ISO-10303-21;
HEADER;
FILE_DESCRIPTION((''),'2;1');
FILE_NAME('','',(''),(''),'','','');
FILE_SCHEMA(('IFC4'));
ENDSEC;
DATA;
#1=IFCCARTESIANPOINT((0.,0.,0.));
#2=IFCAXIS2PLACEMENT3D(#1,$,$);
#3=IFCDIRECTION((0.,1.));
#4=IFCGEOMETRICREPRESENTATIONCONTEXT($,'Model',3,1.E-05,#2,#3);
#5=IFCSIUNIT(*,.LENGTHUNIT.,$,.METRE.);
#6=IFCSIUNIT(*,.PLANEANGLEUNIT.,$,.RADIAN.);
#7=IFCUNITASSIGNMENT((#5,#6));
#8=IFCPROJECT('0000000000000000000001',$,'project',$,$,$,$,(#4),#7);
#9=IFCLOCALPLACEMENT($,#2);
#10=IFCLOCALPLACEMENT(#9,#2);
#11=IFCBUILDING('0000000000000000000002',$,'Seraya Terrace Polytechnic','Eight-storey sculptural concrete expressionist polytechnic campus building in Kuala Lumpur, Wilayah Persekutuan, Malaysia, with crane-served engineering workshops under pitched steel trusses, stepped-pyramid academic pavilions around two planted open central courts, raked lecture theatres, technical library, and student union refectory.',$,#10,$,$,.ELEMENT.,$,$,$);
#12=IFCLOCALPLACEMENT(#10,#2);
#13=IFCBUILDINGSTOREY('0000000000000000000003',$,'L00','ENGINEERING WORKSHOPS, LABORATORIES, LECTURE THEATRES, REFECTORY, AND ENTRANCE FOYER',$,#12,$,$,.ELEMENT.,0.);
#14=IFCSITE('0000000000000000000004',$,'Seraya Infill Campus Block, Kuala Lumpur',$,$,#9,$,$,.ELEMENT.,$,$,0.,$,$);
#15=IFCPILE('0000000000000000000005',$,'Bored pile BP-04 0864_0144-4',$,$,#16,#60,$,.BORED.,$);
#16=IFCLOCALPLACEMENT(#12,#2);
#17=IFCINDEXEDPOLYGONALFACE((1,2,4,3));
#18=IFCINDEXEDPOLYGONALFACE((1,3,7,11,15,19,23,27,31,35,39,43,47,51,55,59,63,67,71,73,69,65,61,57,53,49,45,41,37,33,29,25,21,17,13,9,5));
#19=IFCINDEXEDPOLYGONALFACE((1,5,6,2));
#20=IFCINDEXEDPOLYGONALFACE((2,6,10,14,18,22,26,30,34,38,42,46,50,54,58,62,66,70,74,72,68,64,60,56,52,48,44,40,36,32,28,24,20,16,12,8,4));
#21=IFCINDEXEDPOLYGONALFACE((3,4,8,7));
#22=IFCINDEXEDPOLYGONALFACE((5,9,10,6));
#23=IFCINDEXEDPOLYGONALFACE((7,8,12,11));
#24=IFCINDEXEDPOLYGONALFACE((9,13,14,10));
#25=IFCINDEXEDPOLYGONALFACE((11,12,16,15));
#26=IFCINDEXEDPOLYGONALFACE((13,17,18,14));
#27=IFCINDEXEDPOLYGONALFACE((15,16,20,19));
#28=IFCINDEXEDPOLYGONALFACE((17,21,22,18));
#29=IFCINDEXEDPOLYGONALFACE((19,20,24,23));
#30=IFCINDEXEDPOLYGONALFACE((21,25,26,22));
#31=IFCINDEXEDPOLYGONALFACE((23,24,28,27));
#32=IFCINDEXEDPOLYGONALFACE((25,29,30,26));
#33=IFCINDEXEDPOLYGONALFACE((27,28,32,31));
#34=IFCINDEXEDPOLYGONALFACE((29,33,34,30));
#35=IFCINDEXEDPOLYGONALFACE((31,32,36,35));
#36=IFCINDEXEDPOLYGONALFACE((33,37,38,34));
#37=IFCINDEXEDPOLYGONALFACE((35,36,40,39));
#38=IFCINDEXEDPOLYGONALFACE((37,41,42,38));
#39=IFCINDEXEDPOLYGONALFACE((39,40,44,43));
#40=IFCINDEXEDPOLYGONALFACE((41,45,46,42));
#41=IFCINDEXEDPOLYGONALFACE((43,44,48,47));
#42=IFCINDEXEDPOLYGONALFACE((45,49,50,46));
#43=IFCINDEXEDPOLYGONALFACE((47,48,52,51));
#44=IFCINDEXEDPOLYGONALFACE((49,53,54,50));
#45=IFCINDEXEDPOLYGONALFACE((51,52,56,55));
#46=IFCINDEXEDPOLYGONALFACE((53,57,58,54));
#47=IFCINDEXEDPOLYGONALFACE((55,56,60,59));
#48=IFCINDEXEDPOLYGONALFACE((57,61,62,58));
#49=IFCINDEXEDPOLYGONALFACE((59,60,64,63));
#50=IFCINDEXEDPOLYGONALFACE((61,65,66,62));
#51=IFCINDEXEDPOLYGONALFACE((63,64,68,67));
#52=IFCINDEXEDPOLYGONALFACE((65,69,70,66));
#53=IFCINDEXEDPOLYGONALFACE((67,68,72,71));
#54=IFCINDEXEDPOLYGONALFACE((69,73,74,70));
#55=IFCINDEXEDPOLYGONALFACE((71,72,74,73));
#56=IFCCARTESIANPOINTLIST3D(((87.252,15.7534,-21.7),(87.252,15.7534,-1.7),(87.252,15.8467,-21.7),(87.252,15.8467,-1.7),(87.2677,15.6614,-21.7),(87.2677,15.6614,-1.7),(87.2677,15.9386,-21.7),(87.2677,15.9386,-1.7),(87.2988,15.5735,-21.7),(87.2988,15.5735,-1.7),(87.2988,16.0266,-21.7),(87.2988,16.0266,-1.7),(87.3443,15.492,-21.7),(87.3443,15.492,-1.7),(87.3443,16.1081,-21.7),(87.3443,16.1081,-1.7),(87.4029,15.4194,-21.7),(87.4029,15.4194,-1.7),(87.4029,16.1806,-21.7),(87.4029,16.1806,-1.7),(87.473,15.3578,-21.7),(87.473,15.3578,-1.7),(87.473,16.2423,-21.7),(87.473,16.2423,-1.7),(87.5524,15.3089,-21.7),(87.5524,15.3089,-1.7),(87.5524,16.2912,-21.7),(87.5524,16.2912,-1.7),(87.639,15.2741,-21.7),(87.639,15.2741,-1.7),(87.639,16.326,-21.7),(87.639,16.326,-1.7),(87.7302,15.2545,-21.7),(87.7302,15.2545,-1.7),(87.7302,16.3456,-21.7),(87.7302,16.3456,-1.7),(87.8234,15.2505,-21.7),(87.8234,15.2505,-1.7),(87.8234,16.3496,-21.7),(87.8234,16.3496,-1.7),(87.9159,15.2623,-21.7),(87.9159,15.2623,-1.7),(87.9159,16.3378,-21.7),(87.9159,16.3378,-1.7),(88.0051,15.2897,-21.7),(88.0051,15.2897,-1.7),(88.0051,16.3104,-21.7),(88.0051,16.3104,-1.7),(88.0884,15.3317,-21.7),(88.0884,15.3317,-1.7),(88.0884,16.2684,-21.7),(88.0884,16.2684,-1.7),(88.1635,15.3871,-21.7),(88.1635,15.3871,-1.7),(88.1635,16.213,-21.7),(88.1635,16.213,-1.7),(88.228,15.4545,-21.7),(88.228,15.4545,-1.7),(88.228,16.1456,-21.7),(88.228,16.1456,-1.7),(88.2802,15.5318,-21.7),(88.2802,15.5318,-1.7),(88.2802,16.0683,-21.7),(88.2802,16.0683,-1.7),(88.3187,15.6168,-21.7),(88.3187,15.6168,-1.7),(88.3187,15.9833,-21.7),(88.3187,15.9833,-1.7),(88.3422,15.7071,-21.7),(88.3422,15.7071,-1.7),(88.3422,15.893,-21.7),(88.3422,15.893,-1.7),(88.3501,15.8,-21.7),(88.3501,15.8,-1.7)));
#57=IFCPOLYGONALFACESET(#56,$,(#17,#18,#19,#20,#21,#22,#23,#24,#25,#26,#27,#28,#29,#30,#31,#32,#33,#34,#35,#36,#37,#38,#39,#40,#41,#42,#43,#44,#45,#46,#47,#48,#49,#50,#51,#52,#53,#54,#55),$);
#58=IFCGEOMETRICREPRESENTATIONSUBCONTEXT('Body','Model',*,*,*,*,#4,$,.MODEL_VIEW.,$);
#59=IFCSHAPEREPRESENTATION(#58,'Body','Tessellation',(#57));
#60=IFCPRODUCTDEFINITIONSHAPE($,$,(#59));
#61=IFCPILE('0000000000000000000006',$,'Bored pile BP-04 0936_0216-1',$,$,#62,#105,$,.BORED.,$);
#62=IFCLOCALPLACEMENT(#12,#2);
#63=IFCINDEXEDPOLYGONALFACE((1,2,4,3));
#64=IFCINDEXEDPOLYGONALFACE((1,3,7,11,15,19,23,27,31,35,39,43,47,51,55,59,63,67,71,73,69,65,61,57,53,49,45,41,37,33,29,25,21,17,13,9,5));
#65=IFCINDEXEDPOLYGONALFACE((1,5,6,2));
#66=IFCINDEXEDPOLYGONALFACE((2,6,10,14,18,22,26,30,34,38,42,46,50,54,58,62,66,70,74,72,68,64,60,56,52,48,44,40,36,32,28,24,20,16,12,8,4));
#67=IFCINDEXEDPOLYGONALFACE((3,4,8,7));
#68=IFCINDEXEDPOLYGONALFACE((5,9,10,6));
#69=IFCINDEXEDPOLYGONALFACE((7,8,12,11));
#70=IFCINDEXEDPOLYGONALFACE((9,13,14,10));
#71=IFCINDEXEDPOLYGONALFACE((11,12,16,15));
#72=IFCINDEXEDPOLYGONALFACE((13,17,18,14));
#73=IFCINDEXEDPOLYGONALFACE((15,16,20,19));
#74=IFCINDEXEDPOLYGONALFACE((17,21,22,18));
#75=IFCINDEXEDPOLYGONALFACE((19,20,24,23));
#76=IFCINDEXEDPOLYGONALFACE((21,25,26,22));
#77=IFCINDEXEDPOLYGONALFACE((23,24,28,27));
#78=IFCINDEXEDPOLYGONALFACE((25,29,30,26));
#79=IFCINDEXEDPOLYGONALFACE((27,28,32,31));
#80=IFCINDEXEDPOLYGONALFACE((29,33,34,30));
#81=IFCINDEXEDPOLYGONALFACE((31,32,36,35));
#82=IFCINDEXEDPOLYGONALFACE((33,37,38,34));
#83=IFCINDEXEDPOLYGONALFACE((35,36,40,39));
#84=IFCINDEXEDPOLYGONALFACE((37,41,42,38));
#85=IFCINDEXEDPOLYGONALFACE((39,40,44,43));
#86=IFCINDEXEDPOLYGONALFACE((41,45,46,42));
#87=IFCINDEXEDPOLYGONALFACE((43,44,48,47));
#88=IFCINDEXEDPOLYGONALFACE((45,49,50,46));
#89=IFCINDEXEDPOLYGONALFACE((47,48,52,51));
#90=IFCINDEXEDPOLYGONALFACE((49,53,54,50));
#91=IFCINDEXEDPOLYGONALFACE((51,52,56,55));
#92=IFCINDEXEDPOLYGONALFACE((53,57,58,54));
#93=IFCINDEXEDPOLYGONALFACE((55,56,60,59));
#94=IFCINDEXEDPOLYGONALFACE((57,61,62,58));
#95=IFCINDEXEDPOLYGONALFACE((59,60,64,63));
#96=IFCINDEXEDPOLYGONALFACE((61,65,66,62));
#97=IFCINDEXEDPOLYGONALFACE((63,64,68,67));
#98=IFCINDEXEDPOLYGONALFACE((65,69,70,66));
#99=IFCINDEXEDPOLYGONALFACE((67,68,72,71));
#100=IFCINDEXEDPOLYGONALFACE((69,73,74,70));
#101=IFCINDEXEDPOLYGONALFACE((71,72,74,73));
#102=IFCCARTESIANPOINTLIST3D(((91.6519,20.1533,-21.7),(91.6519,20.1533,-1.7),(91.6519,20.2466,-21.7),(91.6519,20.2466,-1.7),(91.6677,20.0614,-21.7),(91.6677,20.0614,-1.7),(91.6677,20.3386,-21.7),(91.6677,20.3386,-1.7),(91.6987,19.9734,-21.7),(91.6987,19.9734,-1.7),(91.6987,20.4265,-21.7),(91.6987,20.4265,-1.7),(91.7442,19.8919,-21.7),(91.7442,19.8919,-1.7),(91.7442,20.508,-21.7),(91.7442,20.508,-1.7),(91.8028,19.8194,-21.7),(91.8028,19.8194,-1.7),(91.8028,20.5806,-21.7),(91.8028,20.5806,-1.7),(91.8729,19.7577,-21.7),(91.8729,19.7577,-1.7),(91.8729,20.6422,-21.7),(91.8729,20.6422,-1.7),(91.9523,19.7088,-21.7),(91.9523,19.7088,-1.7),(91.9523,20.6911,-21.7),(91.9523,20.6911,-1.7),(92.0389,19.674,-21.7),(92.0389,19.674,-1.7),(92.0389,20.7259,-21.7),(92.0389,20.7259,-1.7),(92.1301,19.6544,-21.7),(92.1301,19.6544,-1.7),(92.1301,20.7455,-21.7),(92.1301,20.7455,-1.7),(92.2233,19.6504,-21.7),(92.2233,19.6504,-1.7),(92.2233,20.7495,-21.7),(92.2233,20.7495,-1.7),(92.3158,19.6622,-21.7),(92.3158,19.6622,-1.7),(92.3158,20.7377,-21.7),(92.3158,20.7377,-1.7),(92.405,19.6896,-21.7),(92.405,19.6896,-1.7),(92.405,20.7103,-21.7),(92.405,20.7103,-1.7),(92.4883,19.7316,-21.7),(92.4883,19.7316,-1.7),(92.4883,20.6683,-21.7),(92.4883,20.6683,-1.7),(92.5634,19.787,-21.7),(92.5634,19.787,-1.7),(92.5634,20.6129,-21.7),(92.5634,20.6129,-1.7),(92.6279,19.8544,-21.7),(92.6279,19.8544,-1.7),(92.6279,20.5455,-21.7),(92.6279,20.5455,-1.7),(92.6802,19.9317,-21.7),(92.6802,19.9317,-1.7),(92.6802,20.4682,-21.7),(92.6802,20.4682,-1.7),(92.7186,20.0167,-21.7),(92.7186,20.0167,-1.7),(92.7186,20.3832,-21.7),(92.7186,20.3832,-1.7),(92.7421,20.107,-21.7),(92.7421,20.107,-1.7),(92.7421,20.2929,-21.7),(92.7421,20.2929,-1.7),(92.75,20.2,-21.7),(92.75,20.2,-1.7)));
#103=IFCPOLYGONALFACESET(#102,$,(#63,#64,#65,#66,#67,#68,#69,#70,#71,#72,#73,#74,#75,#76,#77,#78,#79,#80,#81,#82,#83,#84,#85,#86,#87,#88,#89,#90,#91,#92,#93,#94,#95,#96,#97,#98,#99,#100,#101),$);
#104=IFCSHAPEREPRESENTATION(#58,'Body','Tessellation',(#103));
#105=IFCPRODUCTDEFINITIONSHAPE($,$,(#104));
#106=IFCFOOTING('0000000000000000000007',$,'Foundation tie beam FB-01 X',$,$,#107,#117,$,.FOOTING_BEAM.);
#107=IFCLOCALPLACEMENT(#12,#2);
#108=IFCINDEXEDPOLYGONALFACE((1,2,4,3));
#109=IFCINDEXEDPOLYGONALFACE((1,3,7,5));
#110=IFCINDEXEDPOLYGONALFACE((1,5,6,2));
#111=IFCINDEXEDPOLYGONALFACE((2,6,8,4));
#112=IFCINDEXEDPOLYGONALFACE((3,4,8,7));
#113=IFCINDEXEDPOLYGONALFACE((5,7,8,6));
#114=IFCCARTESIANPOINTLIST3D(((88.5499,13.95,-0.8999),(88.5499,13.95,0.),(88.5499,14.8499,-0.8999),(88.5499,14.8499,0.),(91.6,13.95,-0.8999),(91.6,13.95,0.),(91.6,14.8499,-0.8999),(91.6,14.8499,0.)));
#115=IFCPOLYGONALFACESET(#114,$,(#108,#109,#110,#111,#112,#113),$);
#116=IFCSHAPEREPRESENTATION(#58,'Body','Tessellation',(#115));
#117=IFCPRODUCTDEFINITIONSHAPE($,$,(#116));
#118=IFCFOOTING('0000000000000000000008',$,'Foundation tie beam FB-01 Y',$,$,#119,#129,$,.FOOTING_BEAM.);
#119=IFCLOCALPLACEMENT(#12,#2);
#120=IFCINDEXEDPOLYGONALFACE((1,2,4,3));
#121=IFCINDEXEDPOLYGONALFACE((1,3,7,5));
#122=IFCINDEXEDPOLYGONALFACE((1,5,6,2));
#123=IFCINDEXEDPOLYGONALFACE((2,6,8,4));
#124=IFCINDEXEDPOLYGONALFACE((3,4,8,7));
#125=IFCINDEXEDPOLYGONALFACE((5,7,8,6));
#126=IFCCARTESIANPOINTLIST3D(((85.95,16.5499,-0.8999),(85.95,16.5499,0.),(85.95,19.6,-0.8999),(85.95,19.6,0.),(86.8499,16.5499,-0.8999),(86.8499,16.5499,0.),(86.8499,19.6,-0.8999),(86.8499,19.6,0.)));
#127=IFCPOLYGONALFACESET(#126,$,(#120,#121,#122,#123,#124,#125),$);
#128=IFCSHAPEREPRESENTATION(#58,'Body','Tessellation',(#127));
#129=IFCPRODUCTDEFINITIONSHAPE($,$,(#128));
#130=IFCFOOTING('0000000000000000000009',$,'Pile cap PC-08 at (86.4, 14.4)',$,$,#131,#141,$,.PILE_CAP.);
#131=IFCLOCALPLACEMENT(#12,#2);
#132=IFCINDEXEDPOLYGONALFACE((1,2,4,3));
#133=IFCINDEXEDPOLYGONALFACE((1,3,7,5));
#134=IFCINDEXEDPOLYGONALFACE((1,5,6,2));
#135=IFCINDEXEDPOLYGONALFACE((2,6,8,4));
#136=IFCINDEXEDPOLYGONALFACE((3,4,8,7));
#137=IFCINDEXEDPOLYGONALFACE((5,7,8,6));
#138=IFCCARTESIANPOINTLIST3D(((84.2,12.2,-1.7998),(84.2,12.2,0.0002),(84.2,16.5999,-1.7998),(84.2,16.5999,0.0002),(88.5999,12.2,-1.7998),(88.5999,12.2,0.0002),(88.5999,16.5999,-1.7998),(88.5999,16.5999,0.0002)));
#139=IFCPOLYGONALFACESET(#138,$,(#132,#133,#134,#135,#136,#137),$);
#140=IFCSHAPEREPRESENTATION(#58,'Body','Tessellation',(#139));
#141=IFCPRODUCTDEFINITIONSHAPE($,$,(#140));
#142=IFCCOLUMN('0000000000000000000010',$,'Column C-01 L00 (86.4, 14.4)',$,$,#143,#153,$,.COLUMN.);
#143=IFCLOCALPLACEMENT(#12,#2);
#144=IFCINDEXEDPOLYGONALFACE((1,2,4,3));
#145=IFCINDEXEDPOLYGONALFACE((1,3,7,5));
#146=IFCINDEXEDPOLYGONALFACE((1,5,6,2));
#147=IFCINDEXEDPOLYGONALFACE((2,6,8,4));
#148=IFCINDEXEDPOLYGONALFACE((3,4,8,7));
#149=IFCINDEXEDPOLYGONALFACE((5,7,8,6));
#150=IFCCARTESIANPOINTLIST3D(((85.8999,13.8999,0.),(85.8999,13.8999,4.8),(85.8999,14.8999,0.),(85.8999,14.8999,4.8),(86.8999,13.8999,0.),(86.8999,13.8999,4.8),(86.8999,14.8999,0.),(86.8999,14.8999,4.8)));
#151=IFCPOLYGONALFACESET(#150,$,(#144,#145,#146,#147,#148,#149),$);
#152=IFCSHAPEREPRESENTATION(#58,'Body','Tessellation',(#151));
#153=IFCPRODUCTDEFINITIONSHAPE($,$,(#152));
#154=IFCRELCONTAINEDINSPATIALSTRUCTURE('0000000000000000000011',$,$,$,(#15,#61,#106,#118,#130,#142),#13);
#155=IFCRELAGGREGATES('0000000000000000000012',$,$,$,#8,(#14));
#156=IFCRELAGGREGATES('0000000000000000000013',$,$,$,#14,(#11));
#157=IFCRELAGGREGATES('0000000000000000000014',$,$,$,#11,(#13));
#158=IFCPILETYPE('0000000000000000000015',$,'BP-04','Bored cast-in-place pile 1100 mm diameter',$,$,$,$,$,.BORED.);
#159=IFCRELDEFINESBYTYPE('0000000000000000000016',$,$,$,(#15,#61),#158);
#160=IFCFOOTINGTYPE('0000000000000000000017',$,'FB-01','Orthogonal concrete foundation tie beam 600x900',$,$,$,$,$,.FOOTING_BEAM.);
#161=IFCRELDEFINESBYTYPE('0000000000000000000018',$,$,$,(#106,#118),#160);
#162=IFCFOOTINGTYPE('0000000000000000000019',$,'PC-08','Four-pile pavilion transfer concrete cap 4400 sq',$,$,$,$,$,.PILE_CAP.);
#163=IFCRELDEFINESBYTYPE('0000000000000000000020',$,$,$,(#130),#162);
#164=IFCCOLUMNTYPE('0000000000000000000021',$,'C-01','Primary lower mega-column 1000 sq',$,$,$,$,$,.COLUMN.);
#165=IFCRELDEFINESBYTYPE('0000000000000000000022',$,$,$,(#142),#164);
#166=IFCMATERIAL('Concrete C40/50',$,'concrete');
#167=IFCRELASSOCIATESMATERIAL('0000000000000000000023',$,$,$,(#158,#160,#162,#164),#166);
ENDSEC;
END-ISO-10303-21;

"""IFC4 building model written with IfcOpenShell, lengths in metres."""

from ifc_helpers import new_model, si_unit, direction, frame, origin, origin_2d, place, context, subcontext, project, spatial, rectangle, circle, extrude, material, material_profile, profile_set, type_object, element, save


model = new_model("IFC4")

# Units and contexts
model_context = context("Model", 3, precision=1e-05, world=origin(), true_north=direction((0.0, 1.0)))
body_context = subcontext(model_context, "Body", "Model", "MODEL_VIEW")
ifc_project = project(units=[si_unit("LENGTHUNIT", "METRE"), si_unit("PLANEANGLEUNIT", "RADIAN")], contexts=[model_context])

# Site, building, storey
site_placement = place(None, origin())
site = spatial("IfcSite", under=ifc_project, at=site_placement, Name="Seraya Infill Campus Block, Kuala Lumpur", CompositionType="ELEMENT", RefElevation=0.0)
building_placement = place(site_placement, origin())
building = spatial("IfcBuilding", under=site, at=building_placement, Name="Seraya Terrace Polytechnic", Description="Eight-storey sculptural concrete expressionist polytechnic campus building in Kuala Lumpur, Wilayah Persekutuan, Malaysia, with crane-served engineering workshops under pitched steel trusses, stepped-pyramid academic pavilions around two planted open central courts, raked lecture theatres, technical library, and student union refectory.", CompositionType="ELEMENT")
storey_placement = place(building_placement, origin())
storey = spatial("IfcBuildingStorey", under=building, at=storey_placement, Name="L00", Description="ENGINEERING WORKSHOPS, LABORATORIES, LECTURE THEATRES, REFECTORY, AND ENTRANCE FOYER", CompositionType="ELEMENT", Elevation=0.0)

# Piles
ifc_material_1 = material(Name="Concrete C40/50", Category="concrete")
ifc_material_profile_1 = material_profile(ifc_material_1, circle(Radius=0.55, at=origin_2d()), Name="DIA 1100")
ifc_profile_set_1 = profile_set([ifc_material_profile_1], Name="Concrete C40/50")
pile_type_1 = type_object("IfcPileType", Name="BP-04", Description="Bored cast-in-place pile 1100 mm diameter", PredefinedType="BORED", material=ifc_profile_set_1)
for number, where, z_axis, x_axis, name in (
    (1, (87.8, 15.8, -1.7), (0.0, 0.0, -1.0), (1.0, 0.0, 0.0), "Bored pile BP-04 0864_0144-4"),
    (2, (92.2, 20.2, -1.7), (0.0, 0.0, -1.0), (1.0, 0.0, 0.0), "Bored pile BP-04 0936_0216-1"),
):
    element("IfcPile", number, at=place(storey_placement, frame(where, z_axis=z_axis, x_axis=x_axis)), inside=storey, type_object=pile_type_1, Name=name, PredefinedType="BORED", context=body_context, shape_type="SweptSolid", body=[
        extrude(circle(Radius=0.55, at=origin_2d()), origin(), (0.0, 0.0, 1.0), 20.0),
    ])

# Footings
footing_type_1 = type_object("IfcFootingType", Name="FB-01", Description="Orthogonal concrete foundation tie beam 600x900", PredefinedType="FOOTING_BEAM", material=ifc_material_1)
for number, where, z_axis, x_axis, name in (
    (3, (90.075, 14.3999, -0.8999), (0.0, 0.0, 1.0), (1.0, 0.0, 0.0), "Foundation tie beam FB-01 X"),
    (4, (86.3999, 18.075, -0.8999), (0.0, 0.0, 1.0), (0.0, 1.0, 0.0), "Foundation tie beam FB-01 Y"),
):
    element("IfcFooting", number, at=place(storey_placement, frame(where, z_axis=z_axis, x_axis=x_axis)), inside=storey, type_object=footing_type_1, Name=name, PredefinedType="FOOTING_BEAM", context=body_context, shape_type="SweptSolid", body=[
        extrude(rectangle(XDim=3.05, YDim=0.8999, at=origin_2d()), origin(), (0.0, 0.0, 1.0), 0.8999),
    ])
footing_type_2 = type_object("IfcFootingType", Name="PC-08", Description="Four-pile pavilion transfer concrete cap 4400 sq", PredefinedType="PILE_CAP", material=ifc_material_1)
footing_placement = place(storey_placement, frame((86.3999, 14.3999, -1.7998), z_axis=(0.0, 0.0, 1.0), x_axis=(1.0, 0.0, 0.0)))
element("IfcFooting", 5, at=footing_placement, inside=storey, type_object=footing_type_2, Name="Pile cap PC-08 at (86.4, 14.4)", PredefinedType="PILE_CAP", context=body_context, shape_type="SweptSolid", body=[
    extrude(rectangle(XDim=4.3999, YDim=4.3999, at=origin_2d()), origin(), (0.0, 0.0, 1.0), 1.8),
])

# Column
ifc_material_profile_2 = material_profile(ifc_material_1, rectangle(XDim=1.0, YDim=1.0, at=origin_2d()), Name="RC 1000x1000")
ifc_profile_set_2 = profile_set([ifc_material_profile_2], Name="Concrete C40/50")
column_type = type_object("IfcColumnType", Name="C-01", Description="Primary lower mega-column 1000 sq", PredefinedType="COLUMN", material=ifc_profile_set_2)
column_placement = place(storey_placement, frame((86.3999, 14.3999, 0.0), z_axis=(0.0, 0.0, 1.0), x_axis=(1.0, 0.0, 0.0)))
element("IfcColumn", 6, at=column_placement, inside=storey, type_object=column_type, Name="Column C-01 L00 (86.4, 14.4)", PredefinedType="COLUMN", context=body_context, shape_type="SweptSolid", body=[
    extrude(rectangle(XDim=1.0, YDim=1.0, at=origin_2d()), origin(), (0.0, 0.0, 1.0), 4.8),
])

save(model, "model.ifc")
